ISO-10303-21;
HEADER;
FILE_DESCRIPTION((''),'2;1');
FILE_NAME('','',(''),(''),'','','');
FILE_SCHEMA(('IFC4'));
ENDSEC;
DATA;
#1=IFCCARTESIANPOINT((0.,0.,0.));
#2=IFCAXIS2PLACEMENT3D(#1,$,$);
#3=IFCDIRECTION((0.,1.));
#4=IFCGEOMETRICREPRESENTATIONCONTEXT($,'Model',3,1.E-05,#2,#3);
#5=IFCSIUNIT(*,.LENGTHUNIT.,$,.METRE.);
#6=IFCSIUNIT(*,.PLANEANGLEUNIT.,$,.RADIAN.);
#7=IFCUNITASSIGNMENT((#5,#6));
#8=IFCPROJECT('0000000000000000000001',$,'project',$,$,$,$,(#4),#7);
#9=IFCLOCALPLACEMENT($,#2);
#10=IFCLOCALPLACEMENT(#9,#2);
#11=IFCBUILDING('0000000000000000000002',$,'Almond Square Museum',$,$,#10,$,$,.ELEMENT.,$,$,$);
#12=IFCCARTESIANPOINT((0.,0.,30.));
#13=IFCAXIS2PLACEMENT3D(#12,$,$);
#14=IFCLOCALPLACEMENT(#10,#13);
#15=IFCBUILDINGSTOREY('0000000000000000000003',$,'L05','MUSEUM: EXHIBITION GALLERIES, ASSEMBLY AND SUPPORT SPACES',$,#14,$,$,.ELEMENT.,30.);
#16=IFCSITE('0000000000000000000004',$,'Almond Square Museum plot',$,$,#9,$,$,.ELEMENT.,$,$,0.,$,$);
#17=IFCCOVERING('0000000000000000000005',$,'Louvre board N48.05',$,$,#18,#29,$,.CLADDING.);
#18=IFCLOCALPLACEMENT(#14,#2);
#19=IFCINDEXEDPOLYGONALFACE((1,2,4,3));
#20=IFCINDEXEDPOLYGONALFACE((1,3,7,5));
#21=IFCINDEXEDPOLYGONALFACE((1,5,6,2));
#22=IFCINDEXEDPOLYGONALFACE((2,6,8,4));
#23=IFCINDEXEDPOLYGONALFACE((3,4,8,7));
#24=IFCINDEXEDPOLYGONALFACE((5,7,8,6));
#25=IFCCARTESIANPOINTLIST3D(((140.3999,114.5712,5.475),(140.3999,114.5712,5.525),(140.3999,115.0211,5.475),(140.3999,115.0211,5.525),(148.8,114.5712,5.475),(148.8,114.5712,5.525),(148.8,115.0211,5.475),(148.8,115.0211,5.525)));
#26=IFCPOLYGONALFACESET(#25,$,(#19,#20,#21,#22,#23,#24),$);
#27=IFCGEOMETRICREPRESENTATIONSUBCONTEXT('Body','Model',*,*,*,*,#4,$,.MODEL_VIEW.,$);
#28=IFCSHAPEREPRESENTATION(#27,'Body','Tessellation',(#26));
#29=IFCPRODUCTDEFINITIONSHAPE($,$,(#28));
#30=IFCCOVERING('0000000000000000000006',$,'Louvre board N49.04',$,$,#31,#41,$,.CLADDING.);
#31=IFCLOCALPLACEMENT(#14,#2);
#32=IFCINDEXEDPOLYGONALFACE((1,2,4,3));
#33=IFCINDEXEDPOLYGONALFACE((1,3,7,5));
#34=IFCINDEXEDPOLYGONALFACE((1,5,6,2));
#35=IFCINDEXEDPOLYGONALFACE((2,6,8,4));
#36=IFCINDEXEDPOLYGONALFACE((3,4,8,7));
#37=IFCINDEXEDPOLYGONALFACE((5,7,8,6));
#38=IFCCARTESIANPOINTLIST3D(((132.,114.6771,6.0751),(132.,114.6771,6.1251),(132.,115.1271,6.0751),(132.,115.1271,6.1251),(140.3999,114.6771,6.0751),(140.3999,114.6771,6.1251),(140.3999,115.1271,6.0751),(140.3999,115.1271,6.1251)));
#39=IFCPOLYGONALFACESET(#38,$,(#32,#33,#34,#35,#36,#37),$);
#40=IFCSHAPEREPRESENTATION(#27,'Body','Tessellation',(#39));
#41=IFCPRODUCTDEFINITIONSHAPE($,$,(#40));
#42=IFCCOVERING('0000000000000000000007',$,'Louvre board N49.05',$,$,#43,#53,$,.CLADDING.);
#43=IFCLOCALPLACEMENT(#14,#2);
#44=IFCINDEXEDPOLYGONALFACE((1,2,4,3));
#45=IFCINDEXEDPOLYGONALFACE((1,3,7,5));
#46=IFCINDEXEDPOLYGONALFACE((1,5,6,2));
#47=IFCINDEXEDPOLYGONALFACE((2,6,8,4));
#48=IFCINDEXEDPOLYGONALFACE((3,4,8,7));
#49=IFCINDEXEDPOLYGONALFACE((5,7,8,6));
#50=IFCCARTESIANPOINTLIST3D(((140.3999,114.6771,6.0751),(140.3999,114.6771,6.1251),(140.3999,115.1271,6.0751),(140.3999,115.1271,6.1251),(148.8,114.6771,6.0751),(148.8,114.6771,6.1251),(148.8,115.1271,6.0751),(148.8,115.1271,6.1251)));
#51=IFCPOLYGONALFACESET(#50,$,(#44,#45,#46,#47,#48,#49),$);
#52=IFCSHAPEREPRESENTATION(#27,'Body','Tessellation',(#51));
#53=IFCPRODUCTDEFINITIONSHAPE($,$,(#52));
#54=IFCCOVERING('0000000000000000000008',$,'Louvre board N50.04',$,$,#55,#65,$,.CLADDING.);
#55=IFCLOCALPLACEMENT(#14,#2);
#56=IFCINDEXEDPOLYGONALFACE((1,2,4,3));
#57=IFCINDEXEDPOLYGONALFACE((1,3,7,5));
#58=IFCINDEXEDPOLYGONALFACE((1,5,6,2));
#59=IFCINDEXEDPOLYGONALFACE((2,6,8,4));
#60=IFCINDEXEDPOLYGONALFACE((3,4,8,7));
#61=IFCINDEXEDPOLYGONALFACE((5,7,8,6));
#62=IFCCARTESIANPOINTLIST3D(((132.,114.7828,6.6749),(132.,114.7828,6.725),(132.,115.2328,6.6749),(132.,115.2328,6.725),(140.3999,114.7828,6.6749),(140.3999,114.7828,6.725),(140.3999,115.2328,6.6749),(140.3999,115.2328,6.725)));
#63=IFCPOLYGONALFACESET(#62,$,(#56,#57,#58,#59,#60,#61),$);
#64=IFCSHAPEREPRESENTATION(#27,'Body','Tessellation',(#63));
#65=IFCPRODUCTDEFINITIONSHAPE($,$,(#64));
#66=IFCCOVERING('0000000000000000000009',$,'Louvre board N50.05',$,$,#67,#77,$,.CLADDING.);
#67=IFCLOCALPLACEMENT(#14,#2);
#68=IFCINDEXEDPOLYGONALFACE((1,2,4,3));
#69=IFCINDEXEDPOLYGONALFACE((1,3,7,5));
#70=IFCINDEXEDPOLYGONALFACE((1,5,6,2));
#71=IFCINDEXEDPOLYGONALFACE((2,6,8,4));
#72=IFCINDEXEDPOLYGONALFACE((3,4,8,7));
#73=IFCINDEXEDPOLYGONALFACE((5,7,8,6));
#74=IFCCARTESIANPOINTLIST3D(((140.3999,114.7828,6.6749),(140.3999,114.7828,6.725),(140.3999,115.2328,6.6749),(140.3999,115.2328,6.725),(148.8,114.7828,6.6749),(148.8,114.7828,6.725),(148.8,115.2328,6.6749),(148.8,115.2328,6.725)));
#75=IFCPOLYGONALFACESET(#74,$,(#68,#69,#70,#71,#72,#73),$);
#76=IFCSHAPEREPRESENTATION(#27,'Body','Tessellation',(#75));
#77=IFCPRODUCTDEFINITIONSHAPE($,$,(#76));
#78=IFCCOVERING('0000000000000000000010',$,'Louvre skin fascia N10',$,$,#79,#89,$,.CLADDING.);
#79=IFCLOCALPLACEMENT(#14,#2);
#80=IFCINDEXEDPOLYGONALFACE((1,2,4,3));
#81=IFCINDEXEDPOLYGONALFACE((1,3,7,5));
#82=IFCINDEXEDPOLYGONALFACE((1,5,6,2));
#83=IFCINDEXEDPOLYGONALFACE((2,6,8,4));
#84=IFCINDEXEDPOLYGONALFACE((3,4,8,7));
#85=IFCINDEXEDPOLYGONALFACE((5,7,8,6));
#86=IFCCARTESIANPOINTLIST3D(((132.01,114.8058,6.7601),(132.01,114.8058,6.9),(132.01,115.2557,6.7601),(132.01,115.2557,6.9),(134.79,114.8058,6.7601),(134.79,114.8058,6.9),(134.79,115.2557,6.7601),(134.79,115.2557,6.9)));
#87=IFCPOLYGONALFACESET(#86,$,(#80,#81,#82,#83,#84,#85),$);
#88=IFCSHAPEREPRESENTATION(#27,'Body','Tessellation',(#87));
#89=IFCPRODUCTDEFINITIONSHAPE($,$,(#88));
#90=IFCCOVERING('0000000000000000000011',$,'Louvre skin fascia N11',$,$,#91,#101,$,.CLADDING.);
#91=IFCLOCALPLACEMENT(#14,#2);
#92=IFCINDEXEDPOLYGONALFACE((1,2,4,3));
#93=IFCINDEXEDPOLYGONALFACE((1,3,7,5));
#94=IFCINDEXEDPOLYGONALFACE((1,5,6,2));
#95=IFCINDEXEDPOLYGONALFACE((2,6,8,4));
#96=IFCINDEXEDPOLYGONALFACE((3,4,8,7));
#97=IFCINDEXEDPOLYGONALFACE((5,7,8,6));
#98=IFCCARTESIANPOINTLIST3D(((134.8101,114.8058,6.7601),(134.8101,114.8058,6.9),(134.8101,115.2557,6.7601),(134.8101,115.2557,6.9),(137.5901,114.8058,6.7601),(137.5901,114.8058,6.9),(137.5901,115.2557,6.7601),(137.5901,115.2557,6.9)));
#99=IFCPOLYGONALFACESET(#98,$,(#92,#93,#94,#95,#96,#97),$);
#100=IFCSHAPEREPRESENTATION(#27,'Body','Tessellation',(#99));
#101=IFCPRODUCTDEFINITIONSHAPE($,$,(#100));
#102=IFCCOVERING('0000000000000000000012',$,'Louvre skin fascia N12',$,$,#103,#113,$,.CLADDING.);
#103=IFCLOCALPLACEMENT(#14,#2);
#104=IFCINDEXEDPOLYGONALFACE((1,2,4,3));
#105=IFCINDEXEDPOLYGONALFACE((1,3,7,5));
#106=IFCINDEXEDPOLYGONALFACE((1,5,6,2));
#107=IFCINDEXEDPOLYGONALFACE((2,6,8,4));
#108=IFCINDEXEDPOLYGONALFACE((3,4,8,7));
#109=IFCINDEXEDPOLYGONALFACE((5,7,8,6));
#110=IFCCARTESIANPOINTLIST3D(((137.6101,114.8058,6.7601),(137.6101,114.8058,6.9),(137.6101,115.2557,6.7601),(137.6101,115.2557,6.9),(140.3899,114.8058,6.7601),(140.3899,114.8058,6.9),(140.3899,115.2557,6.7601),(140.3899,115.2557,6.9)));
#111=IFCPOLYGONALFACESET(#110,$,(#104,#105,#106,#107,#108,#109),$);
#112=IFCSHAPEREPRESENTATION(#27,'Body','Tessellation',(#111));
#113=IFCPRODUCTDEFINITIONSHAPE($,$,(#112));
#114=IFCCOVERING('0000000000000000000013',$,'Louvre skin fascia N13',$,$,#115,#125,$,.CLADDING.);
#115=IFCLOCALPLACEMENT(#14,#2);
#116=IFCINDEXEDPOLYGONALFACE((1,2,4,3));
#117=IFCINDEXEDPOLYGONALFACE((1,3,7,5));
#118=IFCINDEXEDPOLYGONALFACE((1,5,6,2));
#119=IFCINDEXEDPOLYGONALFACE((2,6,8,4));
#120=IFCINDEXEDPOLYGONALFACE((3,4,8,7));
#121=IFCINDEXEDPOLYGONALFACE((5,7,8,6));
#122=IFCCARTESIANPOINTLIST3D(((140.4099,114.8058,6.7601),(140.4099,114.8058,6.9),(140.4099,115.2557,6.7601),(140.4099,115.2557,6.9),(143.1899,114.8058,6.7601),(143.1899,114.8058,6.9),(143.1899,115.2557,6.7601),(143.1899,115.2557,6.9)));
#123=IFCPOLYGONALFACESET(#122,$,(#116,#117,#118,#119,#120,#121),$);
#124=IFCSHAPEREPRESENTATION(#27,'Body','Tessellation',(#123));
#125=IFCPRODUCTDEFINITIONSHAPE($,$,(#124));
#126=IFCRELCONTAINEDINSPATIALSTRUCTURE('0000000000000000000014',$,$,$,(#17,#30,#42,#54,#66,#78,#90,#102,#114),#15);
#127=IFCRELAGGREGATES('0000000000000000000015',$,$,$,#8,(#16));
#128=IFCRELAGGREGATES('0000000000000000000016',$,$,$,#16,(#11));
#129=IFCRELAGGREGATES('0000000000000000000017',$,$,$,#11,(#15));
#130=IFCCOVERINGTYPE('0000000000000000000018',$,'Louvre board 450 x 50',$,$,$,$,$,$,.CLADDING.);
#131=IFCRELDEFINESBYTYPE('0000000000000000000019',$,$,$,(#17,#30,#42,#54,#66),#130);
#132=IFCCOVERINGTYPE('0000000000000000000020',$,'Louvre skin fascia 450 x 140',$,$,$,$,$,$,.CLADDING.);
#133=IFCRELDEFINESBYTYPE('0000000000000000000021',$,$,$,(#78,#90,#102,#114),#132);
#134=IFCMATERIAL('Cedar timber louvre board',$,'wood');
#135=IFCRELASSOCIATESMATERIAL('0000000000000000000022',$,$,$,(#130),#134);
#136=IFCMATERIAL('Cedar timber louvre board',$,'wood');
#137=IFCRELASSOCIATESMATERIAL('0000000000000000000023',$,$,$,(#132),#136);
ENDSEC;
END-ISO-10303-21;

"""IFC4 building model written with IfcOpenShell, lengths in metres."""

from ifc_helpers import new_model, si_unit, direction, frame, origin, origin_2d, place, context, subcontext, project, spatial, rectangle, extrude, material, material_profile, profile_set, type_object, element, save


model = new_model("IFC4")

# Units and contexts
model_context = context("Model", 3, precision=1e-05, world=origin(), true_north=direction((0.0, 1.0)))
body_context = subcontext(model_context, "Body", "Model", "MODEL_VIEW")
ifc_project = project(units=[si_unit("LENGTHUNIT", "METRE"), si_unit("PLANEANGLEUNIT", "RADIAN")], contexts=[model_context])

# Site, building, storey
site_placement = place(None, origin())
site = spatial("IfcSite", under=ifc_project, at=site_placement, Name="Almond Square Museum plot", CompositionType="ELEMENT", RefElevation=0.0)
building_placement = place(site_placement, origin())
building = spatial("IfcBuilding", under=site, at=building_placement, Name="Almond Square Museum", CompositionType="ELEMENT")
storey_placement = place(building_placement, frame((0.0, 0.0, 30.0)))
storey = spatial("IfcBuildingStorey", under=building, at=storey_placement, Name="L05", Description="MUSEUM: EXHIBITION GALLERIES, ASSEMBLY AND SUPPORT SPACES", CompositionType="ELEMENT", Elevation=30.0)

# Coverings
ifc_material_1 = material(Name="Cedar timber louvre board", Category="wood")
ifc_material_profile_1 = material_profile(ifc_material_1, rectangle(XDim=0.45, YDim=0.05, at=origin_2d()))
ifc_profile_set_1 = profile_set([ifc_material_profile_1], Name="Cedar timber louvre board")
covering_type_1 = type_object("IfcCoveringType", Name="Louvre board 450 x 50", PredefinedType="CLADDING", material=ifc_profile_set_1)
covering_1_placement = place(storey_placement, frame((140.3999, 114.7961, 5.5), z_axis=(1.0, 0.0, 0.0), x_axis=(0.0, 1.0, 0.0)))
element("IfcCovering", 1, at=covering_1_placement, inside=storey, type_object=covering_type_1, Name="Louvre board N48.05", PredefinedType="CLADDING", context=body_context, shape_type="SweptSolid", body=[
    extrude(rectangle(XDim=0.45, YDim=0.05, at=origin_2d()), origin(), (0.0, 0.0, 1.0), 8.4001),
])
covering_2_placement = place(storey_placement, frame((132.0, 114.9021, 6.1001), z_axis=(1.0, 0.0, 0.0), x_axis=(0.0, 1.0, 0.0)))
element("IfcCovering", 2, at=covering_2_placement, inside=storey, type_object=covering_type_1, Name="Louvre board N49.04", PredefinedType="CLADDING", context=body_context, shape_type="SweptSolid", body=[
    extrude(rectangle(XDim=0.45, YDim=0.05, at=origin_2d()), origin(), (0.0, 0.0, 1.0), 8.3999),
])
covering_3_placement = place(storey_placement, frame((140.3999, 114.9021, 6.1001), z_axis=(1.0, 0.0, 0.0), x_axis=(0.0, 1.0, 0.0)))
element("IfcCovering", 3, at=covering_3_placement, inside=storey, type_object=covering_type_1, Name="Louvre board N49.05", PredefinedType="CLADDING", context=body_context, shape_type="SweptSolid", body=[
    extrude(rectangle(XDim=0.45, YDim=0.05, at=origin_2d()), origin(), (0.0, 0.0, 1.0), 8.4001),
])
covering_4_placement = place(storey_placement, frame((132.0, 115.0078, 6.7), z_axis=(1.0, 0.0, 0.0), x_axis=(0.0, 1.0, 0.0)))
element("IfcCovering", 4, at=covering_4_placement, inside=storey, type_object=covering_type_1, Name="Louvre board N50.04", PredefinedType="CLADDING", context=body_context, shape_type="SweptSolid", body=[
    extrude(rectangle(XDim=0.45, YDim=0.05, at=origin_2d()), origin(), (0.0, 0.0, 1.0), 8.3999),
])
covering_5_placement = place(storey_placement, frame((140.3999, 115.0078, 6.7), z_axis=(1.0, 0.0, 0.0), x_axis=(0.0, 1.0, 0.0)))
element("IfcCovering", 5, at=covering_5_placement, inside=storey, type_object=covering_type_1, Name="Louvre board N50.05", PredefinedType="CLADDING", context=body_context, shape_type="SweptSolid", body=[
    extrude(rectangle(XDim=0.45, YDim=0.05, at=origin_2d()), origin(), (0.0, 0.0, 1.0), 8.4001),
])
ifc_material_2 = material(Name="Cedar timber louvre board", Category="wood")
ifc_material_profile_2 = material_profile(ifc_material_2, rectangle(XDim=0.45, YDim=0.1399, at=origin_2d()))
ifc_profile_set_2 = profile_set([ifc_material_profile_2], Name="Cedar timber louvre board")
covering_type_2 = type_object("IfcCoveringType", Name="Louvre skin fascia 450 x 140", PredefinedType="CLADDING", material=ifc_profile_set_2)
for number, where, z_axis, x_axis, name in (
    (6, (132.01, 115.0308, 6.8301), (1.0, 0.0, 0.0), (0.0, 1.0, 0.0), "Louvre skin fascia N10"),
    (7, (134.8101, 115.0308, 6.8301), (1.0, 0.0, 0.0), (0.0, 1.0, 0.0), "Louvre skin fascia N11"),
):
    element("IfcCovering", number, at=place(storey_placement, frame(where, z_axis=z_axis, x_axis=x_axis)), inside=storey, type_object=covering_type_2, Name=name, PredefinedType="CLADDING", context=body_context, shape_type="SweptSolid", body=[
        extrude(rectangle(XDim=0.45, YDim=0.1399, at=origin_2d()), origin(), (0.0, 0.0, 1.0), 2.78),
    ])
covering_6_placement = place(storey_placement, frame((137.6101, 115.0308, 6.8301), z_axis=(1.0, 0.0, 0.0), x_axis=(0.0, 1.0, 0.0)))
element("IfcCovering", 8, at=covering_6_placement, inside=storey, type_object=covering_type_2, Name="Louvre skin fascia N12", PredefinedType="CLADDING", context=body_context, shape_type="SweptSolid", body=[
    extrude(rectangle(XDim=0.45, YDim=0.1399, at=origin_2d()), origin(), (0.0, 0.0, 1.0), 2.7798),
])
covering_7_placement = place(storey_placement, frame((140.4099, 115.0308, 6.8301), z_axis=(1.0, 0.0, 0.0), x_axis=(0.0, 1.0, 0.0)))
element("IfcCovering", 9, at=covering_7_placement, inside=storey, type_object=covering_type_2, Name="Louvre skin fascia N13", PredefinedType="CLADDING", context=body_context, shape_type="SweptSolid", body=[
    extrude(rectangle(XDim=0.45, YDim=0.1399, at=origin_2d()), origin(), (0.0, 0.0, 1.0), 2.78),
])

save(model, "model.ifc")
